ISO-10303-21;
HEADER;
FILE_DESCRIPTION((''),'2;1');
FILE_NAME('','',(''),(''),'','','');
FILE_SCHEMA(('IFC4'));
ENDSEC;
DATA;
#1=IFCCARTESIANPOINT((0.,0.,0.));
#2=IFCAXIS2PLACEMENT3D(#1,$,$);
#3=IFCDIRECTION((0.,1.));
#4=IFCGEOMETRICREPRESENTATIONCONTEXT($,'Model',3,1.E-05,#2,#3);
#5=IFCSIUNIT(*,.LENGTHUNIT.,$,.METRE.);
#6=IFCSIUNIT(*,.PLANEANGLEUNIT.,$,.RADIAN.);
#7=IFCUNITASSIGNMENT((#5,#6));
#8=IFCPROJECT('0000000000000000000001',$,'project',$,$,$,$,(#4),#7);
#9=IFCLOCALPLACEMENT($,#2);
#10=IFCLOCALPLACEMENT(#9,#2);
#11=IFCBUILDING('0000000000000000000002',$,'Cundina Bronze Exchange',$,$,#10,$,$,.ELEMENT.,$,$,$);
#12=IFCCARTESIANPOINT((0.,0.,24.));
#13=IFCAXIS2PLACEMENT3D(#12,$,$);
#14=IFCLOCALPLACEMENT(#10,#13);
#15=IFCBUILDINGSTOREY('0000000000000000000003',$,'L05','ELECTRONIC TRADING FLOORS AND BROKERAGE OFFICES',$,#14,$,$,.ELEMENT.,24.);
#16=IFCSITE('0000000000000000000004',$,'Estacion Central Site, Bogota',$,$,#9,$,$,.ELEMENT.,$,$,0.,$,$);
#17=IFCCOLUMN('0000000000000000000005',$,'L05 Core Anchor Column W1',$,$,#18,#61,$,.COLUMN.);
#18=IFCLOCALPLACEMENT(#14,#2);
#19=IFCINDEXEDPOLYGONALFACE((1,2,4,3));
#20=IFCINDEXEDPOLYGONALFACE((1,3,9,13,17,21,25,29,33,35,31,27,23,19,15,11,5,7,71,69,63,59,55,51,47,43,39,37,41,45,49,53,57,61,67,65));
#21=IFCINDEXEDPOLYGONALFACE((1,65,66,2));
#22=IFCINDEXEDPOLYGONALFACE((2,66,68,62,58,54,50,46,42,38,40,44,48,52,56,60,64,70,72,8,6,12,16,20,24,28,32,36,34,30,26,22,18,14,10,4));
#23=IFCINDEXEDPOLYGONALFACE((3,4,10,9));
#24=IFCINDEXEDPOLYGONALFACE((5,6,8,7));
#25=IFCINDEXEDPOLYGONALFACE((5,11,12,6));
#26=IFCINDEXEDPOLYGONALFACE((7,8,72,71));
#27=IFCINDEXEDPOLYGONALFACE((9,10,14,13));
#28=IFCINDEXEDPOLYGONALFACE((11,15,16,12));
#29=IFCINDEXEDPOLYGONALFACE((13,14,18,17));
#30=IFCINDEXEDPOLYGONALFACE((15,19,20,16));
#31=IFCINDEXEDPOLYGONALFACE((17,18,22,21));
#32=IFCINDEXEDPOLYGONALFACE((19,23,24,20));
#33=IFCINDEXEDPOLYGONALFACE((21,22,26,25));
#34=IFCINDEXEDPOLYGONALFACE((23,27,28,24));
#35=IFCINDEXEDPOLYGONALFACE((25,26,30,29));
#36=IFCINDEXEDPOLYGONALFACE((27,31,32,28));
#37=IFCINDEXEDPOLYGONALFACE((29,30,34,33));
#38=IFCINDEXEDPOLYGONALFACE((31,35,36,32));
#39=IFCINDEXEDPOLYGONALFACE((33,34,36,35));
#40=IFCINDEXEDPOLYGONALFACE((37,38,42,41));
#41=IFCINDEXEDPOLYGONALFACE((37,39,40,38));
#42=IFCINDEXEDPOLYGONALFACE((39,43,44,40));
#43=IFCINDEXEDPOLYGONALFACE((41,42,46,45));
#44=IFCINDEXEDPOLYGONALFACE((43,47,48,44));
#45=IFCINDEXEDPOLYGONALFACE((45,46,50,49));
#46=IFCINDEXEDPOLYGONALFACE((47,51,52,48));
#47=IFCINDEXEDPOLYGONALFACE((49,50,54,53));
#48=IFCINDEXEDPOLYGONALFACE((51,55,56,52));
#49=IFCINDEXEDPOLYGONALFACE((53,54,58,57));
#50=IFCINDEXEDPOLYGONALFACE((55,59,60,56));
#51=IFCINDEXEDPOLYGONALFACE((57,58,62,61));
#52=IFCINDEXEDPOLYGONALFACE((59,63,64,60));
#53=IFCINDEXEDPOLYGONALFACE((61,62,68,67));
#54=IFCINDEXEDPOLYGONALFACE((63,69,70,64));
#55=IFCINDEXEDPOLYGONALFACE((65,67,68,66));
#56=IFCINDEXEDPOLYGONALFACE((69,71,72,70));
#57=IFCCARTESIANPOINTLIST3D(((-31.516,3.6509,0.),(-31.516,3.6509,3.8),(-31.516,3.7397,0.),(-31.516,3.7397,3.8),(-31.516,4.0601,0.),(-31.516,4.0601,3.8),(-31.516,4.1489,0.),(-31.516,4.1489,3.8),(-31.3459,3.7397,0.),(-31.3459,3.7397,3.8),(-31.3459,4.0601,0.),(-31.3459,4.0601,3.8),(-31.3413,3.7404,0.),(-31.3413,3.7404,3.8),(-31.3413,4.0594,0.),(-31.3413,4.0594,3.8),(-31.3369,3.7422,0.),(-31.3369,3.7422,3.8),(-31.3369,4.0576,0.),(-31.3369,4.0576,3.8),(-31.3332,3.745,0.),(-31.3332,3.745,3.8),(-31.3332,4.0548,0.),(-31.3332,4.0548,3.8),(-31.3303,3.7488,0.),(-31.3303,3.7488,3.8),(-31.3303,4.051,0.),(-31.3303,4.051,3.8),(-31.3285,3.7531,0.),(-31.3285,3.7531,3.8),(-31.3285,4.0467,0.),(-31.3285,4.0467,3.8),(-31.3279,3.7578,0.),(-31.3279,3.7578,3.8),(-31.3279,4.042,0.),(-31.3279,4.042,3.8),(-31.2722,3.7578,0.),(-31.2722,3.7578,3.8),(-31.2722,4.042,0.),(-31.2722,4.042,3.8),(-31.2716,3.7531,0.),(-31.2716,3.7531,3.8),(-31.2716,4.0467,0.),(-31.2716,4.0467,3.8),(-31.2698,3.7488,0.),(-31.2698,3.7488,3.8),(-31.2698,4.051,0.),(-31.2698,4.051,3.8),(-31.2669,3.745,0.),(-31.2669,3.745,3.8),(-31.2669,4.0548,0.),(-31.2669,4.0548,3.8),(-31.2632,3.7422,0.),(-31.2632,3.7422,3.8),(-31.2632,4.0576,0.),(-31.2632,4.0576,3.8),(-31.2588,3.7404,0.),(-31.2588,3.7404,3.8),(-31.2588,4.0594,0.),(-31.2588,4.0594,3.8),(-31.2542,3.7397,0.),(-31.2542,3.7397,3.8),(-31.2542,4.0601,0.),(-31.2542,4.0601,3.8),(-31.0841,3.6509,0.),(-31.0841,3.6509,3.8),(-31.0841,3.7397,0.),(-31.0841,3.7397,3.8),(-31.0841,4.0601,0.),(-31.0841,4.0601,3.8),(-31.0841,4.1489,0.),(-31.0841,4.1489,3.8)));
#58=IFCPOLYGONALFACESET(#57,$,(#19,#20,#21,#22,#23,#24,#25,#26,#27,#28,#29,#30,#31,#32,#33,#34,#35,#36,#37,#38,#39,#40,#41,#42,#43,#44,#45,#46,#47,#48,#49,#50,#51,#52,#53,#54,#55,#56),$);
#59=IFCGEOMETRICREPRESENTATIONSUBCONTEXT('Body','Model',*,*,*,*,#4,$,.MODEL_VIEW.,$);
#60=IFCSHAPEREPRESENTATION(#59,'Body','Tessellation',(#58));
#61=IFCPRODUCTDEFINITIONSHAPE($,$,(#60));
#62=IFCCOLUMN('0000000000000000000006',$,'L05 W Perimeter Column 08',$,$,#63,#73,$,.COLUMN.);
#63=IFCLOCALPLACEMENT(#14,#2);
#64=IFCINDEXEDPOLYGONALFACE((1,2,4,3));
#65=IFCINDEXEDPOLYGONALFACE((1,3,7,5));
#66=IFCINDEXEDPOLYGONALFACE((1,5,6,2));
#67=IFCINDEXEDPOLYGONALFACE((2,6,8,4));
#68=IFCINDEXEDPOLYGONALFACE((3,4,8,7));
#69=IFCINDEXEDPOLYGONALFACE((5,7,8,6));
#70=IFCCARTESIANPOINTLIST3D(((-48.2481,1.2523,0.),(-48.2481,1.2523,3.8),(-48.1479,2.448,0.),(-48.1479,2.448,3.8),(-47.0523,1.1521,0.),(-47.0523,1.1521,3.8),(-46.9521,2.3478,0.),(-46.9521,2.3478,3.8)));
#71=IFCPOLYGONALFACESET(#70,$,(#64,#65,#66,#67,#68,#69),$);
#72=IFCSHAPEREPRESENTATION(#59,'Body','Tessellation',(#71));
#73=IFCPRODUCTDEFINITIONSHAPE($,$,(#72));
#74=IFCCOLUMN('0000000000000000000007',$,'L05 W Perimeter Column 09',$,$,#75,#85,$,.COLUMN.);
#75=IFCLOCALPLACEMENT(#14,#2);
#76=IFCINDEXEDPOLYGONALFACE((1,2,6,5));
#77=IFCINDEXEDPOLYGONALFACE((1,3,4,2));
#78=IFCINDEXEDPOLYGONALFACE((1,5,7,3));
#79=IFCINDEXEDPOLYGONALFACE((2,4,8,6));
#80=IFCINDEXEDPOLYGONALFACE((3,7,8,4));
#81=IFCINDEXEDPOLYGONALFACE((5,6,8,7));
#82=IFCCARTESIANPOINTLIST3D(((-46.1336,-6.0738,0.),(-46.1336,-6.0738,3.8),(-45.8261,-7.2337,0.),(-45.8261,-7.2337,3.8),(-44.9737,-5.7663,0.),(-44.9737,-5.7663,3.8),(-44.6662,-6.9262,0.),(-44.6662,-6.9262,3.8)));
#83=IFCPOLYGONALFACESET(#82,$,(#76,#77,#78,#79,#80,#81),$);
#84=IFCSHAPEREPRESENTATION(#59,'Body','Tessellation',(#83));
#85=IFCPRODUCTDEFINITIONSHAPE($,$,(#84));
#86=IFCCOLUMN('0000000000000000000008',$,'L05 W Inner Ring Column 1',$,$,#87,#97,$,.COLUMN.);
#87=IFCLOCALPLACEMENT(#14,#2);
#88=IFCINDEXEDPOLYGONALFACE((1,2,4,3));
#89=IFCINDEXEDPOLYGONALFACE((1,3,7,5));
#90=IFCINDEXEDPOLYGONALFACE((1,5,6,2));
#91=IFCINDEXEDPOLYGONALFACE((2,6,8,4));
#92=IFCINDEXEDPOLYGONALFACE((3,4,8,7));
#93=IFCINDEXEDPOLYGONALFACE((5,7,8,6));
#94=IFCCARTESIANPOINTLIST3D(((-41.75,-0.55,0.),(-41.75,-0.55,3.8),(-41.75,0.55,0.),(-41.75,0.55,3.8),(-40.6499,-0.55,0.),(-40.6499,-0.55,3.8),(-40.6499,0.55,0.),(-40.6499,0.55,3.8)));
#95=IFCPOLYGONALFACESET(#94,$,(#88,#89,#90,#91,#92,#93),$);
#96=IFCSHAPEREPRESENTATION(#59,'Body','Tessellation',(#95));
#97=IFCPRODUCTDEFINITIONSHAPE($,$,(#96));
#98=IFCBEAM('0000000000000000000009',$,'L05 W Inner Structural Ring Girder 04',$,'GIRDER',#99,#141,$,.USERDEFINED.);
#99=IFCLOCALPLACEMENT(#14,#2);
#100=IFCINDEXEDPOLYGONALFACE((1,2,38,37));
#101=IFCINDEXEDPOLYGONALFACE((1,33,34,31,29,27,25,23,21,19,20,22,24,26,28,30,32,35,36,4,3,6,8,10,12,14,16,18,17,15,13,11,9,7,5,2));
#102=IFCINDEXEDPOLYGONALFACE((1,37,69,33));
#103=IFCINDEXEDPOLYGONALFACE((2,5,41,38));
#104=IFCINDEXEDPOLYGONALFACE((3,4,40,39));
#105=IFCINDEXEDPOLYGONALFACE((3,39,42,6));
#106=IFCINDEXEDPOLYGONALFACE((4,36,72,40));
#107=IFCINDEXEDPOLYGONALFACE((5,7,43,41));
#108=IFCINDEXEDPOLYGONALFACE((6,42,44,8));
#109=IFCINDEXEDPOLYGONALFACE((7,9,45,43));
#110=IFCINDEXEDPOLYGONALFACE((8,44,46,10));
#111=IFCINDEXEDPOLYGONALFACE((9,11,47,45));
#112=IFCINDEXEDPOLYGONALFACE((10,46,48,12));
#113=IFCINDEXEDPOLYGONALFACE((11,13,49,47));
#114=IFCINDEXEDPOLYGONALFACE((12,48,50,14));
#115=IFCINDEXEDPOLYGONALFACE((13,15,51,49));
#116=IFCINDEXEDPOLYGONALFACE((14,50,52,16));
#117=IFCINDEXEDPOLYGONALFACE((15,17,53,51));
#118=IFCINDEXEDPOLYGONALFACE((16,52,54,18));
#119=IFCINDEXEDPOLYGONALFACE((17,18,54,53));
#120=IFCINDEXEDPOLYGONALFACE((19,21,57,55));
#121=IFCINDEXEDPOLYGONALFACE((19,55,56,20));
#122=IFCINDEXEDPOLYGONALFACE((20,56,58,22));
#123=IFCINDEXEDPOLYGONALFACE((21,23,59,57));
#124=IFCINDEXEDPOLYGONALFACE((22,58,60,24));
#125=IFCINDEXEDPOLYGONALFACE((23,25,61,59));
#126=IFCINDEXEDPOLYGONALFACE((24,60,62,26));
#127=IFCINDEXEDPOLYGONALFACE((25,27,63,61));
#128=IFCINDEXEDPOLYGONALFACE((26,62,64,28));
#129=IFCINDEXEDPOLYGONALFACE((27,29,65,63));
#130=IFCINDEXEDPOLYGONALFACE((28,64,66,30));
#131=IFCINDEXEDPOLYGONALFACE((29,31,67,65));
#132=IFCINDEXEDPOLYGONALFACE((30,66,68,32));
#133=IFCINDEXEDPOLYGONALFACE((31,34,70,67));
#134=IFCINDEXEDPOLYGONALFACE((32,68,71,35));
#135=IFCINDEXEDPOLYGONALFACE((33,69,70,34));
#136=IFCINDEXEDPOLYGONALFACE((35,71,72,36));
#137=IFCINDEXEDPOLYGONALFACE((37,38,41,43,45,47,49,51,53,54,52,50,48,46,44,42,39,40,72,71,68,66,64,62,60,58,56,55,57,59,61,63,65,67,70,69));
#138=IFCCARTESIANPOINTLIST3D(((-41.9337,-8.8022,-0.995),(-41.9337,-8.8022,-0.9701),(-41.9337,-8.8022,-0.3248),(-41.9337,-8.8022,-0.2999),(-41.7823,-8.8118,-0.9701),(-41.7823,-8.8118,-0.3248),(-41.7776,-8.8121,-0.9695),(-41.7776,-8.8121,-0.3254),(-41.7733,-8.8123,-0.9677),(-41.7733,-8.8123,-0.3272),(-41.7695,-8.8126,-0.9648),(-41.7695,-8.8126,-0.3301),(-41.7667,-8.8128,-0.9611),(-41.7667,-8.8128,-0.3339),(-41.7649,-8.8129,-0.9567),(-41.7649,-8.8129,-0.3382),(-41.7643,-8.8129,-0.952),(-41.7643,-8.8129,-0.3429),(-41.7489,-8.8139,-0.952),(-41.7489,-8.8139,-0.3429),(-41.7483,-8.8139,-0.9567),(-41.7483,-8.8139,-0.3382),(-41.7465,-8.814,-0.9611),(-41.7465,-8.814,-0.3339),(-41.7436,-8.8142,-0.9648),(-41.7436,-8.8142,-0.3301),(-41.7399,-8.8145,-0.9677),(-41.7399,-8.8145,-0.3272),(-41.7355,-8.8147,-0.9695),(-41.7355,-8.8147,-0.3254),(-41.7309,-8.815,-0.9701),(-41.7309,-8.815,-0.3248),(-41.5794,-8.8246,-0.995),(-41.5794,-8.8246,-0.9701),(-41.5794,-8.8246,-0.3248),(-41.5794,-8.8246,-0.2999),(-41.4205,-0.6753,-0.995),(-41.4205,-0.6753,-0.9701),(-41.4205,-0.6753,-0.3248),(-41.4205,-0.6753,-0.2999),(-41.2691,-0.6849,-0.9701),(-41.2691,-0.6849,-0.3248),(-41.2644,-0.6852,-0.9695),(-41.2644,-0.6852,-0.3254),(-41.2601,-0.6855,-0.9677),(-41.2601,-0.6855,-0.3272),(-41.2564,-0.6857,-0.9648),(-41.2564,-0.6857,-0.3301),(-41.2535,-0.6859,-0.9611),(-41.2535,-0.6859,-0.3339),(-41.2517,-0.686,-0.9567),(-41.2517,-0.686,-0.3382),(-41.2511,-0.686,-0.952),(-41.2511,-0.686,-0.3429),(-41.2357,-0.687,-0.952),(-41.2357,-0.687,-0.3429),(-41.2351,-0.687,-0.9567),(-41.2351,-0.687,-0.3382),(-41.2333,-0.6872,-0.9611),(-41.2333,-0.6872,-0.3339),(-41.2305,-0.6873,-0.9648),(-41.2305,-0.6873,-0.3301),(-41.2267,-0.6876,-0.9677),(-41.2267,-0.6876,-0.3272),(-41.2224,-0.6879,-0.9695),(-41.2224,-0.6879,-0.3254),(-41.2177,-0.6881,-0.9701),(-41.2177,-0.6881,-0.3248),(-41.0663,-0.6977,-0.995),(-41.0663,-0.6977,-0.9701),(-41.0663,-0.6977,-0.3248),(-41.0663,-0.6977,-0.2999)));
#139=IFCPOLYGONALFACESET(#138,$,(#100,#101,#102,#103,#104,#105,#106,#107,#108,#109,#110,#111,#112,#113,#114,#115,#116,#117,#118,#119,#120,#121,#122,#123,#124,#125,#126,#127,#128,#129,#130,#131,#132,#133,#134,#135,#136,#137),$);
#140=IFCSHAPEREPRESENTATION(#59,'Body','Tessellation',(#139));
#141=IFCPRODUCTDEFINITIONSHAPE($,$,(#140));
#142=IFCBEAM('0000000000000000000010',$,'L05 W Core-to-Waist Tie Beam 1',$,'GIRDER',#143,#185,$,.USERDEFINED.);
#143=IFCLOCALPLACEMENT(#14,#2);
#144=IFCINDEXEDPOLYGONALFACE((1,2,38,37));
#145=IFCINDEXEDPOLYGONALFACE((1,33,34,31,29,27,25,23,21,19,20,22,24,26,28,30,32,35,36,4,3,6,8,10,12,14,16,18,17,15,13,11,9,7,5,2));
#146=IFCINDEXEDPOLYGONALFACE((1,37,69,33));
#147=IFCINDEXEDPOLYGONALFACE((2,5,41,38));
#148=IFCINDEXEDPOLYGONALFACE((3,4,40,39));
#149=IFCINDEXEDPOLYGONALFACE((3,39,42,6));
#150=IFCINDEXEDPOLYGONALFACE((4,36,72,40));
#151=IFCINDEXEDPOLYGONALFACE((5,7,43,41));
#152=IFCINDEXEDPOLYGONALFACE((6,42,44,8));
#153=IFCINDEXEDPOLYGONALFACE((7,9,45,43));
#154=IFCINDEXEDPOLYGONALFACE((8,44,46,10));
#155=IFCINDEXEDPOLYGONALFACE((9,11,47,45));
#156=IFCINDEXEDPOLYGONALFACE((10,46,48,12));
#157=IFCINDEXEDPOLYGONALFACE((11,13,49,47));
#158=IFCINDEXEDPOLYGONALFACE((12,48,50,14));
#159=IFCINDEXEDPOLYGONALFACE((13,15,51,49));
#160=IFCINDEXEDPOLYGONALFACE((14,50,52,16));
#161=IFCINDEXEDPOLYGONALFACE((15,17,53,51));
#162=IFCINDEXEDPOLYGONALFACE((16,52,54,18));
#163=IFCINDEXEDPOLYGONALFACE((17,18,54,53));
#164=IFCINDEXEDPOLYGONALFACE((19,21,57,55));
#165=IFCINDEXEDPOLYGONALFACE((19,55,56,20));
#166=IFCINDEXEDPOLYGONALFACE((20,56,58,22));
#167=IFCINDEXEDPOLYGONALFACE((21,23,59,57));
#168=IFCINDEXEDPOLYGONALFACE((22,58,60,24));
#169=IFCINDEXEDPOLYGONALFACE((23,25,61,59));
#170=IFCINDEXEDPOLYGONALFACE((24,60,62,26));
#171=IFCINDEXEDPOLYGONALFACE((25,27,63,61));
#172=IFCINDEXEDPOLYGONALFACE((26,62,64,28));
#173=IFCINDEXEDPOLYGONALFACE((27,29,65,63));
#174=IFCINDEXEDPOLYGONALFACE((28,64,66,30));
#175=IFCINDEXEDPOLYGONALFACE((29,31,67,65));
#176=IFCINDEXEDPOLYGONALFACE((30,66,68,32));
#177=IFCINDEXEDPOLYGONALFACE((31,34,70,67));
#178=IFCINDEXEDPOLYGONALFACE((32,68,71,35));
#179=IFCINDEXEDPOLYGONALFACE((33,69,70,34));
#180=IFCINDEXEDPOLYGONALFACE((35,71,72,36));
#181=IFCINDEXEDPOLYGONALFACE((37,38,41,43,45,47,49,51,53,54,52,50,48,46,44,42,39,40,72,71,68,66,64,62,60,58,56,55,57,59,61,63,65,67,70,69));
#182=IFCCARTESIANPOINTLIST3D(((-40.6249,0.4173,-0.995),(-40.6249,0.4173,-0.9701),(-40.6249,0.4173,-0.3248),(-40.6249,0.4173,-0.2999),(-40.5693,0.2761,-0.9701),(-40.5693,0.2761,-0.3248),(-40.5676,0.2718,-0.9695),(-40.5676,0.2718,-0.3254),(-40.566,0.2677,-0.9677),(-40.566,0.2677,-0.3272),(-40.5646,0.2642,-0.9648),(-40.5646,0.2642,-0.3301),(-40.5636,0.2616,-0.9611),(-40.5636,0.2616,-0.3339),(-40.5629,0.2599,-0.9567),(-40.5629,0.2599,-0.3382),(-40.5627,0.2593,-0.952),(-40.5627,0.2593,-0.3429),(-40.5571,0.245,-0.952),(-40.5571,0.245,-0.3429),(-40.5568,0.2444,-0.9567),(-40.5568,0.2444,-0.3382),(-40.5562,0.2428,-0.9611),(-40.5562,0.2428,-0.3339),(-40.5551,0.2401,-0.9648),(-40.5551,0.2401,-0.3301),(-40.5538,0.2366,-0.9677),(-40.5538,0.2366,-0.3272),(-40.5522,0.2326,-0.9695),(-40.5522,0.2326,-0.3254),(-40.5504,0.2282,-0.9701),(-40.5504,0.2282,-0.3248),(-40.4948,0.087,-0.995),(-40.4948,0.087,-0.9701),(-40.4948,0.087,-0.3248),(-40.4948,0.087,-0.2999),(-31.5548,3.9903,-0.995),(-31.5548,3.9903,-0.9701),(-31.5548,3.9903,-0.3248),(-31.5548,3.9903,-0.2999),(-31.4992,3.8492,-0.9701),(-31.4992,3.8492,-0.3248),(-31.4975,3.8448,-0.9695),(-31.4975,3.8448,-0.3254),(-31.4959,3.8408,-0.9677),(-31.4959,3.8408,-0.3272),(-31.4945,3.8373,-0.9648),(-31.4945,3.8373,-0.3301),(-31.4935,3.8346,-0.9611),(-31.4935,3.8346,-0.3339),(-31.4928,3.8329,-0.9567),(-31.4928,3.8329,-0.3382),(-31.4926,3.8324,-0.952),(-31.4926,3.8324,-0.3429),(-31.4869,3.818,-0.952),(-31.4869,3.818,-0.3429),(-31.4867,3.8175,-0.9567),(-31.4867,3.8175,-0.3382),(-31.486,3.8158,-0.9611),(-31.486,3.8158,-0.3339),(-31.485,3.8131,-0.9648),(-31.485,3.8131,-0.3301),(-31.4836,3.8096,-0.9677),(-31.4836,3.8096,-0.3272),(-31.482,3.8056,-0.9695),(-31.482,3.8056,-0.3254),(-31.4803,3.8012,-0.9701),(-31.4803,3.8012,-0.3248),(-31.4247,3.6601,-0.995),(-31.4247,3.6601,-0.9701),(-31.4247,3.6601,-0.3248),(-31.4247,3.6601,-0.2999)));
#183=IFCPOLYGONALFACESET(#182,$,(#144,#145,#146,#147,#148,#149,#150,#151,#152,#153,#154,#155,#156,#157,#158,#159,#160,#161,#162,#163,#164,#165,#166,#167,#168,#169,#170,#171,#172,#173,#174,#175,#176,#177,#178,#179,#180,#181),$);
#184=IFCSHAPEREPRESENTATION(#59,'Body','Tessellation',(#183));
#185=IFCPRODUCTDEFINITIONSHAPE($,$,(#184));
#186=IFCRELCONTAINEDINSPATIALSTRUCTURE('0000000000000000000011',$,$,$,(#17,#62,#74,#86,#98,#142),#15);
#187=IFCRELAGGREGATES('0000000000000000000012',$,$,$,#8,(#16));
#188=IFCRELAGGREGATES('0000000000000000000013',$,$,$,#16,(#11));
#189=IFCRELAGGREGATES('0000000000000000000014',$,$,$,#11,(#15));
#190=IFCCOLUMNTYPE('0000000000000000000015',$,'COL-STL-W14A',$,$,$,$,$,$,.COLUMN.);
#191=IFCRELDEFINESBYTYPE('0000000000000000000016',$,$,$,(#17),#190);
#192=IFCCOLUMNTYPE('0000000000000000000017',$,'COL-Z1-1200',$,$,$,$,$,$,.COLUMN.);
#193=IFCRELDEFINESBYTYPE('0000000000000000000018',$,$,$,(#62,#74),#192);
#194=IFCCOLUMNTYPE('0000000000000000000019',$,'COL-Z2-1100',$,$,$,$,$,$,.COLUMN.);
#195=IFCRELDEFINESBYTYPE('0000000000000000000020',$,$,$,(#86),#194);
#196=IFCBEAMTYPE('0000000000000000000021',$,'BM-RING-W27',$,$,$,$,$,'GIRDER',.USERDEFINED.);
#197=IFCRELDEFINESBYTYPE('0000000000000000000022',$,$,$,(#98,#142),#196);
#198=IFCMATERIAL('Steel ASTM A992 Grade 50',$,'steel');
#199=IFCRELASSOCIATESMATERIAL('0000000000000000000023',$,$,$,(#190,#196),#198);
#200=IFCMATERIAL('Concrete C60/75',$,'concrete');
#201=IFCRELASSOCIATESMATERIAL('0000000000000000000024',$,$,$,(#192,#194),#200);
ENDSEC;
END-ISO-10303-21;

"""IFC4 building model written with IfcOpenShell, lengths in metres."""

from ifc_helpers import new_model, si_unit, direction, frame, origin, origin_2d, place, context, subcontext, project, spatial, rectangle, i_section, extrude, material, material_profile, profile_set, type_object, element, save


model = new_model("IFC4")

# Units and contexts
model_context = context("Model", 3, precision=1e-05, world=origin(), true_north=direction((0.0, 1.0)))
body_context = subcontext(model_context, "Body", "Model", "MODEL_VIEW")
ifc_project = project(units=[si_unit("LENGTHUNIT", "METRE"), si_unit("PLANEANGLEUNIT", "RADIAN")], contexts=[model_context])

# Site, building, storey
site_placement = place(None, origin())
site = spatial("IfcSite", under=ifc_project, at=site_placement, Name="Estacion Central Site, Bogota", CompositionType="ELEMENT", RefElevation=0.0)
building_placement = place(site_placement, origin())
building = spatial("IfcBuilding", under=site, at=building_placement, Name="Cundina Bronze Exchange", CompositionType="ELEMENT")
storey_placement = place(building_placement, frame((0.0, 0.0, 24.0)))
storey = spatial("IfcBuildingStorey", under=building, at=storey_placement, Name="L05", Description="ELECTRONIC TRADING FLOORS AND BROKERAGE OFFICES", CompositionType="ELEMENT", Elevation=24.0)

# Columns
ifc_material_1 = material(Name="Steel ASTM A992 Grade 50", Category="steel")
ifc_material_profile_1 = material_profile(ifc_material_1, i_section(OverallWidth=0.4319, OverallDepth=0.498, WebThickness=0.0557, FlangeThickness=0.0889, FilletRadius=0.0181, at=origin_2d()), Name="W14X500", Category="steel")
ifc_profile_set_1 = profile_set([ifc_material_profile_1], Name="Steel ASTM A992 Grade 50")
column_type_1 = type_object("IfcColumnType", Name="COL-STL-W14A", PredefinedType="COLUMN", material=ifc_profile_set_1)
column_1_placement = place(storey_placement, frame((-31.3, 3.8999, 0.0), z_axis=(0.0, 0.0, 1.0), x_axis=(1.0, 0.0, 0.0)))
element("IfcColumn", 1, at=column_1_placement, inside=storey, type_object=column_type_1, Name="L05 Core Anchor Column W1", PredefinedType="COLUMN", context=body_context, shape_type="SweptSolid", body=[
    extrude(i_section(OverallWidth=0.4319, OverallDepth=0.498, WebThickness=0.0557, FlangeThickness=0.0889, FilletRadius=0.0181, at=origin_2d()), origin(), (0.0, 0.0, 1.0), 3.8),
])
ifc_material_2 = material(Name="Concrete C60/75", Category="concrete")
ifc_material_profile_2 = material_profile(ifc_material_2, rectangle(XDim=1.2, YDim=1.2, at=origin_2d()), Name="RC1200X1200", Category="concrete")
ifc_profile_set_2 = profile_set([ifc_material_profile_2], Name="Concrete C60/75")
column_type_2 = type_object("IfcColumnType", Name="COL-Z1-1200", PredefinedType="COLUMN", material=ifc_profile_set_2)
for number, where, z_axis, x_axis, name in (
    (2, (-47.6001, 1.8, 0.0), (0.0, 0.0, 1.0), (-0.083504, -0.996507, 0.0), "L05 W Perimeter Column 08"),
    (3, (-45.3999, -6.5, 0.0), (0.0, 0.0, 1.0), (0.256289, -0.9666, 0.0), "L05 W Perimeter Column 09"),
):
    element("IfcColumn", number, at=place(storey_placement, frame(where, z_axis=z_axis, x_axis=x_axis)), inside=storey, type_object=column_type_2, Name=name, PredefinedType="COLUMN", context=body_context, shape_type="SweptSolid", body=[
        extrude(rectangle(XDim=1.2, YDim=1.2, at=origin_2d()), origin(), (0.0, 0.0, 1.0), 3.8),
    ])
ifc_material_profile_3 = material_profile(ifc_material_2, rectangle(XDim=1.1001, YDim=1.1001, at=origin_2d()), Name="RC1100X1100", Category="concrete")
ifc_profile_set_3 = profile_set([ifc_material_profile_3], Name="Concrete C60/75")
column_type_3 = type_object("IfcColumnType", Name="COL-Z2-1100", PredefinedType="COLUMN", material=ifc_profile_set_3)
column_2_placement = place(storey_placement, frame((-41.2, 0.0, 0.0), z_axis=(0.0, 0.0, 1.0), x_axis=(1.0, 0.0, 0.0)))
element("IfcColumn", 4, at=column_2_placement, inside=storey, type_object=column_type_3, Name="L05 W Inner Ring Column 1", PredefinedType="COLUMN", context=body_context, shape_type="SweptSolid", body=[
    extrude(rectangle(XDim=1.1001, YDim=1.1001, at=origin_2d()), origin(), (0.0, 0.0, 1.0), 3.8),
])

# Beams
ifc_material_profile_4 = material_profile(ifc_material_1, i_section(OverallWidth=0.355, OverallDepth=0.6951, WebThickness=0.0154, FlangeThickness=0.0249, FilletRadius=0.0181, at=origin_2d()), Name="W27X146", Category="steel")
ifc_profile_set_4 = profile_set([ifc_material_profile_4], Name="Steel ASTM A992 Grade 50")
beam_type_1 = type_object("IfcBeamType", Name="BM-RING-W27", ElementType="GIRDER", PredefinedType="USERDEFINED", material=ifc_profile_set_4)
beam_1_placement = place(storey_placement, frame((-41.2434, -0.6865, -0.6475), z_axis=(-0.06302, -0.998012, 0.0), x_axis=(0.998012, -0.06302, 0.0)))
element("IfcBeam", 5, at=beam_1_placement, inside=storey, type_object=beam_type_1, Name="L05 W Inner Structural Ring Girder 04", ObjectType="GIRDER", PredefinedType="USERDEFINED", context=body_context, shape_type="SweptSolid", body=[
    extrude(i_section(OverallWidth=0.355, OverallDepth=0.6951, WebThickness=0.0154, FlangeThickness=0.0249, FilletRadius=0.0181, at=origin_2d()), origin(), (0.0, 0.0, 1.0), 8.1431),
])
beam_2_placement = place(storey_placement, frame((-31.4897, 3.8252, -0.6475), z_axis=(-0.93041, -0.366519, 0.0), x_axis=(0.366519, -0.93041, 0.0)))
element("IfcBeam", 6, at=beam_2_placement, inside=storey, type_object=beam_type_1, Name="L05 W Core-to-Waist Tie Beam 1", ObjectType="GIRDER", PredefinedType="USERDEFINED", context=body_context, shape_type="SweptSolid", body=[
    extrude(i_section(OverallWidth=0.355, OverallDepth=0.6951, WebThickness=0.0154, FlangeThickness=0.0249, FilletRadius=0.0181, at=origin_2d()), origin(), (0.0, 0.0, 1.0), 9.7485),
])

save(model, "model.ifc")
